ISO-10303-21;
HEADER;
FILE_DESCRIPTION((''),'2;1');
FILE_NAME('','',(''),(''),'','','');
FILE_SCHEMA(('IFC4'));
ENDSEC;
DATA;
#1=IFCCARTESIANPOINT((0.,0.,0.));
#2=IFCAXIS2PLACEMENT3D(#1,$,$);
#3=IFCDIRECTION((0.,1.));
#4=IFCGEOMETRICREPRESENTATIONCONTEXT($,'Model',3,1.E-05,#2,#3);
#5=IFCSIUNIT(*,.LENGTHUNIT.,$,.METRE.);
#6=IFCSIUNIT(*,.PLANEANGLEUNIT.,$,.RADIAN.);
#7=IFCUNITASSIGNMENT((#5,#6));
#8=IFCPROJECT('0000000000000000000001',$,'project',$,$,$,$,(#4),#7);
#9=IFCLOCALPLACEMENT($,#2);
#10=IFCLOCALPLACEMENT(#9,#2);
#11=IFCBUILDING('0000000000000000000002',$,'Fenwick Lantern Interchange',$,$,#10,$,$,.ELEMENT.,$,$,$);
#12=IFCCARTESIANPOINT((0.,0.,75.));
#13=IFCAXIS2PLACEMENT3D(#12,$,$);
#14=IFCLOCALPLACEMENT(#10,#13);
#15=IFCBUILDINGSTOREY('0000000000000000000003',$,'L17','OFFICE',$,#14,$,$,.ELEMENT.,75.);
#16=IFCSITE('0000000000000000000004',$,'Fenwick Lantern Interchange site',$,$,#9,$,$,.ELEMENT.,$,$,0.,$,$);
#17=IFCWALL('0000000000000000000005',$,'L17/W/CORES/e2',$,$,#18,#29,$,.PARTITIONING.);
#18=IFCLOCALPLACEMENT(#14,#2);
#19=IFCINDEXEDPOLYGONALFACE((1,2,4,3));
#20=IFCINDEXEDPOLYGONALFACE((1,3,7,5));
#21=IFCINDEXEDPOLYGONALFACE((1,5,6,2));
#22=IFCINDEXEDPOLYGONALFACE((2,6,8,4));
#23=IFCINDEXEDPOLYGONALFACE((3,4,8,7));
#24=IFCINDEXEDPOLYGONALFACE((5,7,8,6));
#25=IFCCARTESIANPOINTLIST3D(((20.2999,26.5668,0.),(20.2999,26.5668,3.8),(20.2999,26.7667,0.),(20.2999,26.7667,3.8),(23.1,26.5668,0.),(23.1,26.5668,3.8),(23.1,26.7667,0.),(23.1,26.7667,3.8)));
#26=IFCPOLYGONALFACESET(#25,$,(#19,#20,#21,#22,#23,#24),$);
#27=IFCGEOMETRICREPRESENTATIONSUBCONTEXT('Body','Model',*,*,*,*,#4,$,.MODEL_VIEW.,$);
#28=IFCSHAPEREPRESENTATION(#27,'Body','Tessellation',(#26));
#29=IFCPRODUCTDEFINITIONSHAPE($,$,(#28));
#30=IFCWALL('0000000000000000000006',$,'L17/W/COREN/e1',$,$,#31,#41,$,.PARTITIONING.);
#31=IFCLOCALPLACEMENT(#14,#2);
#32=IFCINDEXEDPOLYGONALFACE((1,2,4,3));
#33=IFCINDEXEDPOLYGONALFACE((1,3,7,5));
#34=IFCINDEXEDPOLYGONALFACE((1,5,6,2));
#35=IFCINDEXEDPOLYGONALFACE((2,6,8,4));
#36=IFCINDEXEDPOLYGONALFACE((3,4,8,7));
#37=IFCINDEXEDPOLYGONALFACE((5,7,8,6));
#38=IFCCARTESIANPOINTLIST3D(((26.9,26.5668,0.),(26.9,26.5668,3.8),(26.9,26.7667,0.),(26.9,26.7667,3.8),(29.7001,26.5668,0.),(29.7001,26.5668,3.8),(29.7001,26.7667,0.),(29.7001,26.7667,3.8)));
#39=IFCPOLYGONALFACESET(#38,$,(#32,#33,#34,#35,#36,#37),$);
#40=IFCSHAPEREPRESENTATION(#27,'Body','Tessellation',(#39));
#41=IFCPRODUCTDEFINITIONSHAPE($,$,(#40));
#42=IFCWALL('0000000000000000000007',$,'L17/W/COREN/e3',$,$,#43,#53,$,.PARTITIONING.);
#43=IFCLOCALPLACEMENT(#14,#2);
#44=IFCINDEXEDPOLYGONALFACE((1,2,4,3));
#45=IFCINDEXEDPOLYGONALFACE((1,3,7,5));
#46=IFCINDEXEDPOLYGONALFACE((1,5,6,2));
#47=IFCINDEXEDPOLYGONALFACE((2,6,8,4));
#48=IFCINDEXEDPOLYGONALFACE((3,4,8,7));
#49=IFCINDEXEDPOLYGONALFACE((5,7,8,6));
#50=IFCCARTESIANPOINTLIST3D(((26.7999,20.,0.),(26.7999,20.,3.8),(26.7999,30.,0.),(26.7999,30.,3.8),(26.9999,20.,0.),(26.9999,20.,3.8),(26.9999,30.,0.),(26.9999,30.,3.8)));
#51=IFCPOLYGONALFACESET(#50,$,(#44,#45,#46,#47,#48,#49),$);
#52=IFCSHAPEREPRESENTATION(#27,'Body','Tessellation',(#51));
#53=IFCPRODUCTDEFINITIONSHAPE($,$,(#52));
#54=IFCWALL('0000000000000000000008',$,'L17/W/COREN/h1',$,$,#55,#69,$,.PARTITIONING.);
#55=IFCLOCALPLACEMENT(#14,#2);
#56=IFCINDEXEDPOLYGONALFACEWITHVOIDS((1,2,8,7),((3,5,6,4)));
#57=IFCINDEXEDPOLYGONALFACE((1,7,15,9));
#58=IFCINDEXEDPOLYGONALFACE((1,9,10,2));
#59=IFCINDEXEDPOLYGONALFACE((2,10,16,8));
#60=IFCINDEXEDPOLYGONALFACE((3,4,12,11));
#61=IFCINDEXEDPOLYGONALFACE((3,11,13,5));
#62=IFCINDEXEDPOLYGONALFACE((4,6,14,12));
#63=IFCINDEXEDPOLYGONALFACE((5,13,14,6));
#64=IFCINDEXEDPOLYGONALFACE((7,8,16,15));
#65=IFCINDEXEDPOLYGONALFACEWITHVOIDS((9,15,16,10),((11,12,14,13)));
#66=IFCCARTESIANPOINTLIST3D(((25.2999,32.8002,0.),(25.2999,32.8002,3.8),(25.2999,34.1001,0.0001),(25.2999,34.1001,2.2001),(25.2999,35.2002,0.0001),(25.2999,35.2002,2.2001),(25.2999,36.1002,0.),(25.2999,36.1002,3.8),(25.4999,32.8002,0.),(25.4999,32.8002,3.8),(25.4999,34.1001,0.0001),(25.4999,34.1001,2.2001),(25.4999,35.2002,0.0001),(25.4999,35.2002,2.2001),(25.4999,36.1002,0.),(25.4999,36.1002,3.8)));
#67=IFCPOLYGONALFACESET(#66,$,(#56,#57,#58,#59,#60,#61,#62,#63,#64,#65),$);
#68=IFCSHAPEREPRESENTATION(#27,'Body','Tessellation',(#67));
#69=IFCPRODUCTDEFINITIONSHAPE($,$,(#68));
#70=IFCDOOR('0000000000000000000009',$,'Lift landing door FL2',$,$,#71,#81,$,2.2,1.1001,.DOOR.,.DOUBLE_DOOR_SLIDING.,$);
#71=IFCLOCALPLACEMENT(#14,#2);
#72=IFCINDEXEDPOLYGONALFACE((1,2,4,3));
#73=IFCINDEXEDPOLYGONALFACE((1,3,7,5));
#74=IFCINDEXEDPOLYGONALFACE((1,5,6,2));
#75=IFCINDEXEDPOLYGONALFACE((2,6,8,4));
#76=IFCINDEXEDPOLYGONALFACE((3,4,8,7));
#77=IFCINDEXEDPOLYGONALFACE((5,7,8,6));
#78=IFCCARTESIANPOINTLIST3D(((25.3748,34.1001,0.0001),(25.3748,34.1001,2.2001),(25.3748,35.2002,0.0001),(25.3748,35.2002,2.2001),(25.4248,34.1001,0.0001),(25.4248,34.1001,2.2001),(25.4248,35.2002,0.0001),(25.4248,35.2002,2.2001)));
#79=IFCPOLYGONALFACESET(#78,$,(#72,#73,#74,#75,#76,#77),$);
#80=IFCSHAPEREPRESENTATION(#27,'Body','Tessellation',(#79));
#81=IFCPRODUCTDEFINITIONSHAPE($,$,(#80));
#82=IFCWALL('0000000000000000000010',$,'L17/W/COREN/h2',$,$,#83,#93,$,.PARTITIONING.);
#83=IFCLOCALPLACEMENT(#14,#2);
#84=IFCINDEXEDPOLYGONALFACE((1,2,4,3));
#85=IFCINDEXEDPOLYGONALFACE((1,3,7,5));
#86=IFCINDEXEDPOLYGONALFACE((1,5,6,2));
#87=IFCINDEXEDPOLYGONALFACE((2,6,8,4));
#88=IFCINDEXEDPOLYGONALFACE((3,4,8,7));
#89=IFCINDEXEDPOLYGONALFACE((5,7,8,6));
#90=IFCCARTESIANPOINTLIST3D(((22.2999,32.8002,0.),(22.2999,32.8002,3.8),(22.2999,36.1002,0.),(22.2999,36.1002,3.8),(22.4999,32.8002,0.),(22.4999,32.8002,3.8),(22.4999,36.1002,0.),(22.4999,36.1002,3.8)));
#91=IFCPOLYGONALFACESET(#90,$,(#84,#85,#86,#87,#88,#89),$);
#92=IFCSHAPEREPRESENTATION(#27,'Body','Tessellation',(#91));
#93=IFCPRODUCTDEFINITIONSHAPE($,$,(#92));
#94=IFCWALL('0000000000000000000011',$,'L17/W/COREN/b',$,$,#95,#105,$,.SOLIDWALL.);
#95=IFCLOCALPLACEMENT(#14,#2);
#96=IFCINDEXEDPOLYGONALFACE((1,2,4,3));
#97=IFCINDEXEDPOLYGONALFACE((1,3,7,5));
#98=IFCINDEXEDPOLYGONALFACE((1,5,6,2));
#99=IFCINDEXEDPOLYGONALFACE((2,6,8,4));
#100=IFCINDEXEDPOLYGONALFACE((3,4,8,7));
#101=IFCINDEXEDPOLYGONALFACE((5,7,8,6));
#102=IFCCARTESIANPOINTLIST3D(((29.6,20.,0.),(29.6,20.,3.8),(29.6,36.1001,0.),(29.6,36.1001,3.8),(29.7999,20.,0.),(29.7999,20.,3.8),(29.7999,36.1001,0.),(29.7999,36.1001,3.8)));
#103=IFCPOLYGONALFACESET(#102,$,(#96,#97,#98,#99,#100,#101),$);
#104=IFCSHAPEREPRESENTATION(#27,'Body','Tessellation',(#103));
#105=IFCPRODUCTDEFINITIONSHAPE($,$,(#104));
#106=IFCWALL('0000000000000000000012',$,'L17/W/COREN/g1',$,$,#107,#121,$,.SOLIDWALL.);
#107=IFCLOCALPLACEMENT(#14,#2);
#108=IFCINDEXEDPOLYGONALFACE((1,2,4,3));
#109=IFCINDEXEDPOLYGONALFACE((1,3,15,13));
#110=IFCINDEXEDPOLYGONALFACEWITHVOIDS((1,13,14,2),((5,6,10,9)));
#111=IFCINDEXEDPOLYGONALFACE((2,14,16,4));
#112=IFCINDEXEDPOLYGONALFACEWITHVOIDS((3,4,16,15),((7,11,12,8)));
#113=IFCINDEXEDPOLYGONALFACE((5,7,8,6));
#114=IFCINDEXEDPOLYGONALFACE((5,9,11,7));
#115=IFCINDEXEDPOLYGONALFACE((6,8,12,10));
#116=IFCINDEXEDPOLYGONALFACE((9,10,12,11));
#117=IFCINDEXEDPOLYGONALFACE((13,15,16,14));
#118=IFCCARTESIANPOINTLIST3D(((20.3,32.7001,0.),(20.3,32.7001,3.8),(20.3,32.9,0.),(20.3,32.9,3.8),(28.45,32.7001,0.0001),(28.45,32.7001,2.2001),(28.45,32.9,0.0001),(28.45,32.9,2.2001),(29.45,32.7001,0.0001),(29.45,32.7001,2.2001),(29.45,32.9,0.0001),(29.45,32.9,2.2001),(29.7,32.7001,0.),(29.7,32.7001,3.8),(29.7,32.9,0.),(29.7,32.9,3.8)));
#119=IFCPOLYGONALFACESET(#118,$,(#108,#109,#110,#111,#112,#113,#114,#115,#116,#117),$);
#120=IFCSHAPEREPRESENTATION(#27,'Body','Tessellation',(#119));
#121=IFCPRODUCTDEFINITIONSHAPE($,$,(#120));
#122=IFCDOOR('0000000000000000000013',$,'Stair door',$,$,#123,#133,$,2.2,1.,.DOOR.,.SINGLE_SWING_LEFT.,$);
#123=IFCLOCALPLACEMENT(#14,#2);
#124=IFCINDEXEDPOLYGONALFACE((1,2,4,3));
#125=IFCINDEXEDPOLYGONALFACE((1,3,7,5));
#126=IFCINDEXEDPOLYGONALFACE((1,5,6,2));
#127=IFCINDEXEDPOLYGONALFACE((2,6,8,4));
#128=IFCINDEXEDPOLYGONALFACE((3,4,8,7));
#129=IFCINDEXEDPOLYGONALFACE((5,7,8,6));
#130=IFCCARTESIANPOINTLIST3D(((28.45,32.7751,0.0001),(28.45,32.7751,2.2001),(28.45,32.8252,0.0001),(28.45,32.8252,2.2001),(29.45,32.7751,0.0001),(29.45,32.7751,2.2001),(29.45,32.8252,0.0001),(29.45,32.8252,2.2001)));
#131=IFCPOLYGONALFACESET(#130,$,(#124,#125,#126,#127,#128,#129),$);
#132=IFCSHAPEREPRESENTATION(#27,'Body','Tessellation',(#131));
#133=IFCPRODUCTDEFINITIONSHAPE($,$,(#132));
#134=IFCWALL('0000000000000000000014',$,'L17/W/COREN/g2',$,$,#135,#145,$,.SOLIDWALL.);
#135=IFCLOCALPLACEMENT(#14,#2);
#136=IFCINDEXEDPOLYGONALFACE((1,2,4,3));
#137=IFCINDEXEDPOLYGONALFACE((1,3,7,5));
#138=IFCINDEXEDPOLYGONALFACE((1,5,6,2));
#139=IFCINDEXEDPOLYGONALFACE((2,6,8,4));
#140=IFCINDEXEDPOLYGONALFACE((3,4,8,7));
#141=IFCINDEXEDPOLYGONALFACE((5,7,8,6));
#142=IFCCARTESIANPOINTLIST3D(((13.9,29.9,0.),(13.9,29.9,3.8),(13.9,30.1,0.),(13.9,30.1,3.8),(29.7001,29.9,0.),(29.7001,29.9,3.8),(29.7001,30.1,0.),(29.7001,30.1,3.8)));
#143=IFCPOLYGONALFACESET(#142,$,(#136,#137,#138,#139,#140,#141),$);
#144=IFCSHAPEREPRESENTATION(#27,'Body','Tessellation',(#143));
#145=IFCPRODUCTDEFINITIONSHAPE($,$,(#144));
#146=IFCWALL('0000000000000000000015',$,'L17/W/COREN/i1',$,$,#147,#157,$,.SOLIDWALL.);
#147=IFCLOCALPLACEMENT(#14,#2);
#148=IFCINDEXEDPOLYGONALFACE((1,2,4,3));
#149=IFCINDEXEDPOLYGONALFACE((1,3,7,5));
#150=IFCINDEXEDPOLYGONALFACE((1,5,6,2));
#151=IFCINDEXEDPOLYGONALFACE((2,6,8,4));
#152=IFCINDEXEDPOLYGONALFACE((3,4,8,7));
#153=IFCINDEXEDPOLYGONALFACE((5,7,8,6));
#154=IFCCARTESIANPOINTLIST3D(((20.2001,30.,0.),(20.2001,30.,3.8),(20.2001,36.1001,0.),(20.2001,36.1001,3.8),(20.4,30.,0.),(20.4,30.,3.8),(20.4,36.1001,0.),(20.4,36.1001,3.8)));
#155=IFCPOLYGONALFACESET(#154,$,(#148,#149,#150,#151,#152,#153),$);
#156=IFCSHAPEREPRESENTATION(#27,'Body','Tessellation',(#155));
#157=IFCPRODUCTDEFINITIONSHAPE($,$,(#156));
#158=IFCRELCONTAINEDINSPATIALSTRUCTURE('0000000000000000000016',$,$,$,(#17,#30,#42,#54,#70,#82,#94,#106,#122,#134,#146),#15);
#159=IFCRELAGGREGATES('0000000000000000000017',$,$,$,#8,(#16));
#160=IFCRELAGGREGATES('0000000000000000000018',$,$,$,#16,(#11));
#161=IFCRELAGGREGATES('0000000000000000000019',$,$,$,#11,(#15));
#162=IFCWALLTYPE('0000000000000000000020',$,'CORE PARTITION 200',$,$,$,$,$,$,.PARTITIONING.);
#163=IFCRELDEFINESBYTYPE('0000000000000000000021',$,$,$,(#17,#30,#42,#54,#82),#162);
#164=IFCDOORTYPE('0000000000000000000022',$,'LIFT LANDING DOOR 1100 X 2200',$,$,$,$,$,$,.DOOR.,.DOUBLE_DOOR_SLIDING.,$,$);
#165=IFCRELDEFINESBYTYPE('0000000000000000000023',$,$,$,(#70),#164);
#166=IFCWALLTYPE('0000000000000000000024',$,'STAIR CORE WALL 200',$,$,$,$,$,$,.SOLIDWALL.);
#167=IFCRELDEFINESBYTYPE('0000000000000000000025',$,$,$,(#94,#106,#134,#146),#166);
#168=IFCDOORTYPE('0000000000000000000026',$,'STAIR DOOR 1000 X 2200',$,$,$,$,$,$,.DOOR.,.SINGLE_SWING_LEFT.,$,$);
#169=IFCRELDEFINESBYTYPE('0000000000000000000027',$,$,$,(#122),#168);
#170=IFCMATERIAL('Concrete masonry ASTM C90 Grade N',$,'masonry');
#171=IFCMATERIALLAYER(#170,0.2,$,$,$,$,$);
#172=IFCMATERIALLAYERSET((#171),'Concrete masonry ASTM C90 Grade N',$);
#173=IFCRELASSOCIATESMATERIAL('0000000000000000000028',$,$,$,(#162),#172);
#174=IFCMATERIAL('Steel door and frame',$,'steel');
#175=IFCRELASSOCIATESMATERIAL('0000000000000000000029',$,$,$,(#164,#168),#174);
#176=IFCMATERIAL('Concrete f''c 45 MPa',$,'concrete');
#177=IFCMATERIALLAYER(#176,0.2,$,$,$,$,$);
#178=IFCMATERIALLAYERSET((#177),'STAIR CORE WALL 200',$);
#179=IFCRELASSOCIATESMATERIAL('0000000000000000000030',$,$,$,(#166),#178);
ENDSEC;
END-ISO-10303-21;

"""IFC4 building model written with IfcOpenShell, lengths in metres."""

from ifc_helpers import new_model, si_unit, direction, frame, frame_2d, origin, place, context, subcontext, project, spatial, rectangle, extrude, material, layer, layer_set, type_object, element, fill, save


model = new_model("IFC4")

# Units and contexts
model_context = context("Model", 3, precision=1e-05, world=origin(), true_north=direction((0.0, 1.0)))
body_context = subcontext(model_context, "Body", "Model", "MODEL_VIEW")
ifc_project = project(units=[si_unit("LENGTHUNIT", "METRE"), si_unit("PLANEANGLEUNIT", "RADIAN")], contexts=[model_context])

# Site, building, storey
site_placement = place(None, origin())
site = spatial("IfcSite", under=ifc_project, at=site_placement, Name="Fenwick Lantern Interchange site", CompositionType="ELEMENT", RefElevation=0.0)
building_placement = place(site_placement, origin())
building = spatial("IfcBuilding", under=site, at=building_placement, Name="Fenwick Lantern Interchange", CompositionType="ELEMENT")
storey_placement = place(building_placement, frame((0.0, 0.0, 75.0)))
storey = spatial("IfcBuildingStorey", under=building, at=storey_placement, Name="L17", Description="OFFICE", CompositionType="ELEMENT", Elevation=75.0)

# Walls
ifc_material_1 = material(Name="Concrete masonry ASTM C90 Grade N", Category="masonry")
ifc_layer_1 = layer(ifc_material_1, 0.2)
ifc_layer_set_1 = layer_set([ifc_layer_1], Name="Concrete masonry ASTM C90 Grade N")
wall_type_1 = type_object("IfcWallType", Name="CORE PARTITION 200", PredefinedType="PARTITIONING", material=ifc_layer_set_1)
for number, where, z_axis, x_axis, name in (
    (1, (20.3, 26.6667, 0.0), (0.0, 0.0, 1.0), (1.0, 0.0, 0.0), "L17/W/CORES/e2"),
    (2, (29.7, 26.6667, 0.0), (0.0, 0.0, 1.0), (-1.0, 0.0, 0.0), "L17/W/COREN/e1"),
):
    element("IfcWall", number, at=place(storey_placement, frame(where, z_axis=z_axis, x_axis=x_axis)), inside=storey, type_object=wall_type_1, Name=name, PredefinedType="PARTITIONING", context=body_context, shape_type="SweptSolid", body=[
        extrude(rectangle(XDim=2.8, YDim=0.2, at=frame_2d((1.3999, 0.0))), origin(), (0.0, 0.0, 1.0), 3.8),
    ])
wall_1_placement = place(storey_placement, frame((26.8999, 30.0, 0.0), z_axis=(0.0, 0.0, 1.0), x_axis=(0.0, -1.0, 0.0)))
element("IfcWall", 3, at=wall_1_placement, inside=storey, type_object=wall_type_1, Name="L17/W/COREN/e3", PredefinedType="PARTITIONING", context=body_context, shape_type="SweptSolid", body=[
    extrude(rectangle(XDim=10.0, YDim=0.2, at=frame_2d((5.0, 0.0))), origin(), (0.0, 0.0, 1.0), 3.8),
])

# Wall, opening, door
wall_2_placement = place(storey_placement, frame((25.3999, 36.1001, 0.0), z_axis=(0.0, 0.0, 1.0), x_axis=(0.0, -1.0, 0.0)))
wall_2 = element("IfcWall", 4, at=wall_2_placement, inside=storey, type_object=wall_type_1, Name="L17/W/COREN/h1", PredefinedType="PARTITIONING", context=body_context, shape_type="SweptSolid", body=[
    extrude(rectangle(XDim=3.3, YDim=0.2, at=frame_2d((1.6499, 0.0))), origin(), (0.0, 0.0, 1.0), 3.8),
])
opening_1_placement = place(wall_2_placement, frame((0.8999, 0.0, 0.0)))
opening_1 = element("IfcOpeningElement", 5, at=opening_1_placement, cuts=wall_2, PredefinedType="OPENING", context=body_context, shape_type="SweptSolid", body=[
    extrude(rectangle(XDim=1.1001, YDim=2.2, at=frame_2d((0.55, 1.1001))), frame((0.0, 0.1099, 0.0), z_axis=(0.0, -1.0, 0.0), x_axis=(1.0, 0.0, 0.0)), (0.0, 0.0, 1.0), 0.22),
])
ifc_material_2 = material(Name="Steel door and frame", Category="steel")
door_type_1 = type_object("IfcDoorType", Name="LIFT LANDING DOOR 1100 X 2200", OperationType="DOUBLE_DOOR_SLIDING", PredefinedType="DOOR", material=ifc_material_2)
door_1_placement = place(opening_1_placement, origin())
door_1 = element("IfcDoor", 6, at=door_1_placement, inside=storey, type_object=door_type_1, Name="Lift landing door FL2", OperationType="DOUBLE_DOOR_SLIDING", OverallHeight=2.2, OverallWidth=1.1001, PredefinedType="DOOR", context=body_context, shape_type="SweptSolid", body=[
    extrude(rectangle(XDim=1.1001, YDim=2.2, at=frame_2d((0.55, 1.1001))), frame((0.0, 0.0249, 0.0), z_axis=(0.0, -1.0, 0.0), x_axis=(1.0, 0.0, 0.0)), (0.0, 0.0, 1.0), 0.05),
])
fill(opening_1, door_1)

# Walls
wall_3_placement = place(storey_placement, frame((22.3999, 36.1001, 0.0), z_axis=(0.0, 0.0, 1.0), x_axis=(0.0, -1.0, 0.0)))
element("IfcWall", 7, at=wall_3_placement, inside=storey, type_object=wall_type_1, Name="L17/W/COREN/h2", PredefinedType="PARTITIONING", context=body_context, shape_type="SweptSolid", body=[
    extrude(rectangle(XDim=3.3, YDim=0.2, at=frame_2d((1.6499, 0.0))), origin(), (0.0, 0.0, 1.0), 3.8),
])
ifc_material_3 = material(Name="Concrete f'c 45 MPa", Category="concrete")
ifc_layer_2 = layer(ifc_material_3, 0.2)
ifc_layer_set_2 = layer_set([ifc_layer_2], Name="STAIR CORE WALL 200")
wall_type_2 = type_object("IfcWallType", Name="STAIR CORE WALL 200", PredefinedType="SOLIDWALL", material=ifc_layer_set_2)
wall_4_placement = place(storey_placement, frame((29.7, 36.1001, 0.0), z_axis=(0.0, 0.0, 1.0), x_axis=(0.0, -1.0, 0.0)))
element("IfcWall", 8, at=wall_4_placement, inside=storey, type_object=wall_type_2, Name="L17/W/COREN/b", PredefinedType="SOLIDWALL", context=body_context, shape_type="SweptSolid", body=[
    extrude(rectangle(XDim=16.1001, YDim=0.2, at=frame_2d((8.05, 0.0))), origin(), (0.0, 0.0, 1.0), 3.8),
])

# Wall, opening, door
wall_5_placement = place(storey_placement, frame((29.7, 32.8, 0.0), z_axis=(0.0, 0.0, 1.0), x_axis=(-1.0, 0.0, 0.0)))
wall_5 = element("IfcWall", 9, at=wall_5_placement, inside=storey, type_object=wall_type_2, Name="L17/W/COREN/g1", PredefinedType="SOLIDWALL", context=body_context, shape_type="SweptSolid", body=[
    extrude(rectangle(XDim=9.3999, YDim=0.2, at=frame_2d((4.7, 0.0))), origin(), (0.0, 0.0, 1.0), 3.8),
])
opening_2_placement = place(wall_5_placement, frame((0.25, 0.0, 0.0)))
opening_2 = element("IfcOpeningElement", 10, at=opening_2_placement, cuts=wall_5, PredefinedType="OPENING", context=body_context, shape_type="SweptSolid", body=[
    extrude(rectangle(XDim=1.0, YDim=2.2, at=frame_2d((0.5, 1.1001))), frame((0.0, 0.1099, 0.0), z_axis=(0.0, -1.0, 0.0), x_axis=(1.0, 0.0, 0.0)), (0.0, 0.0, 1.0), 0.22),
])
door_type_2 = type_object("IfcDoorType", Name="STAIR DOOR 1000 X 2200", OperationType="SINGLE_SWING_LEFT", PredefinedType="DOOR", material=ifc_material_2)
door_2_placement = place(opening_2_placement, origin())
door_2 = element("IfcDoor", 11, at=door_2_placement, inside=storey, type_object=door_type_2, Name="Stair door", OperationType="SINGLE_SWING_LEFT", OverallHeight=2.2, OverallWidth=1.0, PredefinedType="DOOR", context=body_context, shape_type="SweptSolid", body=[
    extrude(rectangle(XDim=1.0, YDim=2.2, at=frame_2d((0.5, 1.1001))), frame((0.0, 0.0249, 0.0), z_axis=(0.0, -1.0, 0.0), x_axis=(1.0, 0.0, 0.0)), (0.0, 0.0, 1.0), 0.05),
])
fill(opening_2, door_2)

# Walls
wall_6_placement = place(storey_placement, frame((29.7, 30.0, 0.0), z_axis=(0.0, 0.0, 1.0), x_axis=(-1.0, 0.0, 0.0)))
element("IfcWall", 12, at=wall_6_placement, inside=storey, type_object=wall_type_2, Name="L17/W/COREN/g2", PredefinedType="SOLIDWALL", context=body_context, shape_type="SweptSolid", body=[
    extrude(rectangle(XDim=15.8, YDim=0.2, at=frame_2d((7.8999, 0.0))), origin(), (0.0, 0.0, 1.0), 3.8),
])
wall_7_placement = place(storey_placement, frame((20.3, 36.1001, 0.0), z_axis=(0.0, 0.0, 1.0), x_axis=(0.0, -1.0, 0.0)))
element("IfcWall", 13, at=wall_7_placement, inside=storey, type_object=wall_type_2, Name="L17/W/COREN/i1", PredefinedType="SOLIDWALL", context=body_context, shape_type="SweptSolid", body=[
    extrude(rectangle(XDim=6.1001, YDim=0.2, at=frame_2d((3.05, 0.0))), origin(), (0.0, 0.0, 1.0), 3.8),
])

save(model, "model.ifc")
